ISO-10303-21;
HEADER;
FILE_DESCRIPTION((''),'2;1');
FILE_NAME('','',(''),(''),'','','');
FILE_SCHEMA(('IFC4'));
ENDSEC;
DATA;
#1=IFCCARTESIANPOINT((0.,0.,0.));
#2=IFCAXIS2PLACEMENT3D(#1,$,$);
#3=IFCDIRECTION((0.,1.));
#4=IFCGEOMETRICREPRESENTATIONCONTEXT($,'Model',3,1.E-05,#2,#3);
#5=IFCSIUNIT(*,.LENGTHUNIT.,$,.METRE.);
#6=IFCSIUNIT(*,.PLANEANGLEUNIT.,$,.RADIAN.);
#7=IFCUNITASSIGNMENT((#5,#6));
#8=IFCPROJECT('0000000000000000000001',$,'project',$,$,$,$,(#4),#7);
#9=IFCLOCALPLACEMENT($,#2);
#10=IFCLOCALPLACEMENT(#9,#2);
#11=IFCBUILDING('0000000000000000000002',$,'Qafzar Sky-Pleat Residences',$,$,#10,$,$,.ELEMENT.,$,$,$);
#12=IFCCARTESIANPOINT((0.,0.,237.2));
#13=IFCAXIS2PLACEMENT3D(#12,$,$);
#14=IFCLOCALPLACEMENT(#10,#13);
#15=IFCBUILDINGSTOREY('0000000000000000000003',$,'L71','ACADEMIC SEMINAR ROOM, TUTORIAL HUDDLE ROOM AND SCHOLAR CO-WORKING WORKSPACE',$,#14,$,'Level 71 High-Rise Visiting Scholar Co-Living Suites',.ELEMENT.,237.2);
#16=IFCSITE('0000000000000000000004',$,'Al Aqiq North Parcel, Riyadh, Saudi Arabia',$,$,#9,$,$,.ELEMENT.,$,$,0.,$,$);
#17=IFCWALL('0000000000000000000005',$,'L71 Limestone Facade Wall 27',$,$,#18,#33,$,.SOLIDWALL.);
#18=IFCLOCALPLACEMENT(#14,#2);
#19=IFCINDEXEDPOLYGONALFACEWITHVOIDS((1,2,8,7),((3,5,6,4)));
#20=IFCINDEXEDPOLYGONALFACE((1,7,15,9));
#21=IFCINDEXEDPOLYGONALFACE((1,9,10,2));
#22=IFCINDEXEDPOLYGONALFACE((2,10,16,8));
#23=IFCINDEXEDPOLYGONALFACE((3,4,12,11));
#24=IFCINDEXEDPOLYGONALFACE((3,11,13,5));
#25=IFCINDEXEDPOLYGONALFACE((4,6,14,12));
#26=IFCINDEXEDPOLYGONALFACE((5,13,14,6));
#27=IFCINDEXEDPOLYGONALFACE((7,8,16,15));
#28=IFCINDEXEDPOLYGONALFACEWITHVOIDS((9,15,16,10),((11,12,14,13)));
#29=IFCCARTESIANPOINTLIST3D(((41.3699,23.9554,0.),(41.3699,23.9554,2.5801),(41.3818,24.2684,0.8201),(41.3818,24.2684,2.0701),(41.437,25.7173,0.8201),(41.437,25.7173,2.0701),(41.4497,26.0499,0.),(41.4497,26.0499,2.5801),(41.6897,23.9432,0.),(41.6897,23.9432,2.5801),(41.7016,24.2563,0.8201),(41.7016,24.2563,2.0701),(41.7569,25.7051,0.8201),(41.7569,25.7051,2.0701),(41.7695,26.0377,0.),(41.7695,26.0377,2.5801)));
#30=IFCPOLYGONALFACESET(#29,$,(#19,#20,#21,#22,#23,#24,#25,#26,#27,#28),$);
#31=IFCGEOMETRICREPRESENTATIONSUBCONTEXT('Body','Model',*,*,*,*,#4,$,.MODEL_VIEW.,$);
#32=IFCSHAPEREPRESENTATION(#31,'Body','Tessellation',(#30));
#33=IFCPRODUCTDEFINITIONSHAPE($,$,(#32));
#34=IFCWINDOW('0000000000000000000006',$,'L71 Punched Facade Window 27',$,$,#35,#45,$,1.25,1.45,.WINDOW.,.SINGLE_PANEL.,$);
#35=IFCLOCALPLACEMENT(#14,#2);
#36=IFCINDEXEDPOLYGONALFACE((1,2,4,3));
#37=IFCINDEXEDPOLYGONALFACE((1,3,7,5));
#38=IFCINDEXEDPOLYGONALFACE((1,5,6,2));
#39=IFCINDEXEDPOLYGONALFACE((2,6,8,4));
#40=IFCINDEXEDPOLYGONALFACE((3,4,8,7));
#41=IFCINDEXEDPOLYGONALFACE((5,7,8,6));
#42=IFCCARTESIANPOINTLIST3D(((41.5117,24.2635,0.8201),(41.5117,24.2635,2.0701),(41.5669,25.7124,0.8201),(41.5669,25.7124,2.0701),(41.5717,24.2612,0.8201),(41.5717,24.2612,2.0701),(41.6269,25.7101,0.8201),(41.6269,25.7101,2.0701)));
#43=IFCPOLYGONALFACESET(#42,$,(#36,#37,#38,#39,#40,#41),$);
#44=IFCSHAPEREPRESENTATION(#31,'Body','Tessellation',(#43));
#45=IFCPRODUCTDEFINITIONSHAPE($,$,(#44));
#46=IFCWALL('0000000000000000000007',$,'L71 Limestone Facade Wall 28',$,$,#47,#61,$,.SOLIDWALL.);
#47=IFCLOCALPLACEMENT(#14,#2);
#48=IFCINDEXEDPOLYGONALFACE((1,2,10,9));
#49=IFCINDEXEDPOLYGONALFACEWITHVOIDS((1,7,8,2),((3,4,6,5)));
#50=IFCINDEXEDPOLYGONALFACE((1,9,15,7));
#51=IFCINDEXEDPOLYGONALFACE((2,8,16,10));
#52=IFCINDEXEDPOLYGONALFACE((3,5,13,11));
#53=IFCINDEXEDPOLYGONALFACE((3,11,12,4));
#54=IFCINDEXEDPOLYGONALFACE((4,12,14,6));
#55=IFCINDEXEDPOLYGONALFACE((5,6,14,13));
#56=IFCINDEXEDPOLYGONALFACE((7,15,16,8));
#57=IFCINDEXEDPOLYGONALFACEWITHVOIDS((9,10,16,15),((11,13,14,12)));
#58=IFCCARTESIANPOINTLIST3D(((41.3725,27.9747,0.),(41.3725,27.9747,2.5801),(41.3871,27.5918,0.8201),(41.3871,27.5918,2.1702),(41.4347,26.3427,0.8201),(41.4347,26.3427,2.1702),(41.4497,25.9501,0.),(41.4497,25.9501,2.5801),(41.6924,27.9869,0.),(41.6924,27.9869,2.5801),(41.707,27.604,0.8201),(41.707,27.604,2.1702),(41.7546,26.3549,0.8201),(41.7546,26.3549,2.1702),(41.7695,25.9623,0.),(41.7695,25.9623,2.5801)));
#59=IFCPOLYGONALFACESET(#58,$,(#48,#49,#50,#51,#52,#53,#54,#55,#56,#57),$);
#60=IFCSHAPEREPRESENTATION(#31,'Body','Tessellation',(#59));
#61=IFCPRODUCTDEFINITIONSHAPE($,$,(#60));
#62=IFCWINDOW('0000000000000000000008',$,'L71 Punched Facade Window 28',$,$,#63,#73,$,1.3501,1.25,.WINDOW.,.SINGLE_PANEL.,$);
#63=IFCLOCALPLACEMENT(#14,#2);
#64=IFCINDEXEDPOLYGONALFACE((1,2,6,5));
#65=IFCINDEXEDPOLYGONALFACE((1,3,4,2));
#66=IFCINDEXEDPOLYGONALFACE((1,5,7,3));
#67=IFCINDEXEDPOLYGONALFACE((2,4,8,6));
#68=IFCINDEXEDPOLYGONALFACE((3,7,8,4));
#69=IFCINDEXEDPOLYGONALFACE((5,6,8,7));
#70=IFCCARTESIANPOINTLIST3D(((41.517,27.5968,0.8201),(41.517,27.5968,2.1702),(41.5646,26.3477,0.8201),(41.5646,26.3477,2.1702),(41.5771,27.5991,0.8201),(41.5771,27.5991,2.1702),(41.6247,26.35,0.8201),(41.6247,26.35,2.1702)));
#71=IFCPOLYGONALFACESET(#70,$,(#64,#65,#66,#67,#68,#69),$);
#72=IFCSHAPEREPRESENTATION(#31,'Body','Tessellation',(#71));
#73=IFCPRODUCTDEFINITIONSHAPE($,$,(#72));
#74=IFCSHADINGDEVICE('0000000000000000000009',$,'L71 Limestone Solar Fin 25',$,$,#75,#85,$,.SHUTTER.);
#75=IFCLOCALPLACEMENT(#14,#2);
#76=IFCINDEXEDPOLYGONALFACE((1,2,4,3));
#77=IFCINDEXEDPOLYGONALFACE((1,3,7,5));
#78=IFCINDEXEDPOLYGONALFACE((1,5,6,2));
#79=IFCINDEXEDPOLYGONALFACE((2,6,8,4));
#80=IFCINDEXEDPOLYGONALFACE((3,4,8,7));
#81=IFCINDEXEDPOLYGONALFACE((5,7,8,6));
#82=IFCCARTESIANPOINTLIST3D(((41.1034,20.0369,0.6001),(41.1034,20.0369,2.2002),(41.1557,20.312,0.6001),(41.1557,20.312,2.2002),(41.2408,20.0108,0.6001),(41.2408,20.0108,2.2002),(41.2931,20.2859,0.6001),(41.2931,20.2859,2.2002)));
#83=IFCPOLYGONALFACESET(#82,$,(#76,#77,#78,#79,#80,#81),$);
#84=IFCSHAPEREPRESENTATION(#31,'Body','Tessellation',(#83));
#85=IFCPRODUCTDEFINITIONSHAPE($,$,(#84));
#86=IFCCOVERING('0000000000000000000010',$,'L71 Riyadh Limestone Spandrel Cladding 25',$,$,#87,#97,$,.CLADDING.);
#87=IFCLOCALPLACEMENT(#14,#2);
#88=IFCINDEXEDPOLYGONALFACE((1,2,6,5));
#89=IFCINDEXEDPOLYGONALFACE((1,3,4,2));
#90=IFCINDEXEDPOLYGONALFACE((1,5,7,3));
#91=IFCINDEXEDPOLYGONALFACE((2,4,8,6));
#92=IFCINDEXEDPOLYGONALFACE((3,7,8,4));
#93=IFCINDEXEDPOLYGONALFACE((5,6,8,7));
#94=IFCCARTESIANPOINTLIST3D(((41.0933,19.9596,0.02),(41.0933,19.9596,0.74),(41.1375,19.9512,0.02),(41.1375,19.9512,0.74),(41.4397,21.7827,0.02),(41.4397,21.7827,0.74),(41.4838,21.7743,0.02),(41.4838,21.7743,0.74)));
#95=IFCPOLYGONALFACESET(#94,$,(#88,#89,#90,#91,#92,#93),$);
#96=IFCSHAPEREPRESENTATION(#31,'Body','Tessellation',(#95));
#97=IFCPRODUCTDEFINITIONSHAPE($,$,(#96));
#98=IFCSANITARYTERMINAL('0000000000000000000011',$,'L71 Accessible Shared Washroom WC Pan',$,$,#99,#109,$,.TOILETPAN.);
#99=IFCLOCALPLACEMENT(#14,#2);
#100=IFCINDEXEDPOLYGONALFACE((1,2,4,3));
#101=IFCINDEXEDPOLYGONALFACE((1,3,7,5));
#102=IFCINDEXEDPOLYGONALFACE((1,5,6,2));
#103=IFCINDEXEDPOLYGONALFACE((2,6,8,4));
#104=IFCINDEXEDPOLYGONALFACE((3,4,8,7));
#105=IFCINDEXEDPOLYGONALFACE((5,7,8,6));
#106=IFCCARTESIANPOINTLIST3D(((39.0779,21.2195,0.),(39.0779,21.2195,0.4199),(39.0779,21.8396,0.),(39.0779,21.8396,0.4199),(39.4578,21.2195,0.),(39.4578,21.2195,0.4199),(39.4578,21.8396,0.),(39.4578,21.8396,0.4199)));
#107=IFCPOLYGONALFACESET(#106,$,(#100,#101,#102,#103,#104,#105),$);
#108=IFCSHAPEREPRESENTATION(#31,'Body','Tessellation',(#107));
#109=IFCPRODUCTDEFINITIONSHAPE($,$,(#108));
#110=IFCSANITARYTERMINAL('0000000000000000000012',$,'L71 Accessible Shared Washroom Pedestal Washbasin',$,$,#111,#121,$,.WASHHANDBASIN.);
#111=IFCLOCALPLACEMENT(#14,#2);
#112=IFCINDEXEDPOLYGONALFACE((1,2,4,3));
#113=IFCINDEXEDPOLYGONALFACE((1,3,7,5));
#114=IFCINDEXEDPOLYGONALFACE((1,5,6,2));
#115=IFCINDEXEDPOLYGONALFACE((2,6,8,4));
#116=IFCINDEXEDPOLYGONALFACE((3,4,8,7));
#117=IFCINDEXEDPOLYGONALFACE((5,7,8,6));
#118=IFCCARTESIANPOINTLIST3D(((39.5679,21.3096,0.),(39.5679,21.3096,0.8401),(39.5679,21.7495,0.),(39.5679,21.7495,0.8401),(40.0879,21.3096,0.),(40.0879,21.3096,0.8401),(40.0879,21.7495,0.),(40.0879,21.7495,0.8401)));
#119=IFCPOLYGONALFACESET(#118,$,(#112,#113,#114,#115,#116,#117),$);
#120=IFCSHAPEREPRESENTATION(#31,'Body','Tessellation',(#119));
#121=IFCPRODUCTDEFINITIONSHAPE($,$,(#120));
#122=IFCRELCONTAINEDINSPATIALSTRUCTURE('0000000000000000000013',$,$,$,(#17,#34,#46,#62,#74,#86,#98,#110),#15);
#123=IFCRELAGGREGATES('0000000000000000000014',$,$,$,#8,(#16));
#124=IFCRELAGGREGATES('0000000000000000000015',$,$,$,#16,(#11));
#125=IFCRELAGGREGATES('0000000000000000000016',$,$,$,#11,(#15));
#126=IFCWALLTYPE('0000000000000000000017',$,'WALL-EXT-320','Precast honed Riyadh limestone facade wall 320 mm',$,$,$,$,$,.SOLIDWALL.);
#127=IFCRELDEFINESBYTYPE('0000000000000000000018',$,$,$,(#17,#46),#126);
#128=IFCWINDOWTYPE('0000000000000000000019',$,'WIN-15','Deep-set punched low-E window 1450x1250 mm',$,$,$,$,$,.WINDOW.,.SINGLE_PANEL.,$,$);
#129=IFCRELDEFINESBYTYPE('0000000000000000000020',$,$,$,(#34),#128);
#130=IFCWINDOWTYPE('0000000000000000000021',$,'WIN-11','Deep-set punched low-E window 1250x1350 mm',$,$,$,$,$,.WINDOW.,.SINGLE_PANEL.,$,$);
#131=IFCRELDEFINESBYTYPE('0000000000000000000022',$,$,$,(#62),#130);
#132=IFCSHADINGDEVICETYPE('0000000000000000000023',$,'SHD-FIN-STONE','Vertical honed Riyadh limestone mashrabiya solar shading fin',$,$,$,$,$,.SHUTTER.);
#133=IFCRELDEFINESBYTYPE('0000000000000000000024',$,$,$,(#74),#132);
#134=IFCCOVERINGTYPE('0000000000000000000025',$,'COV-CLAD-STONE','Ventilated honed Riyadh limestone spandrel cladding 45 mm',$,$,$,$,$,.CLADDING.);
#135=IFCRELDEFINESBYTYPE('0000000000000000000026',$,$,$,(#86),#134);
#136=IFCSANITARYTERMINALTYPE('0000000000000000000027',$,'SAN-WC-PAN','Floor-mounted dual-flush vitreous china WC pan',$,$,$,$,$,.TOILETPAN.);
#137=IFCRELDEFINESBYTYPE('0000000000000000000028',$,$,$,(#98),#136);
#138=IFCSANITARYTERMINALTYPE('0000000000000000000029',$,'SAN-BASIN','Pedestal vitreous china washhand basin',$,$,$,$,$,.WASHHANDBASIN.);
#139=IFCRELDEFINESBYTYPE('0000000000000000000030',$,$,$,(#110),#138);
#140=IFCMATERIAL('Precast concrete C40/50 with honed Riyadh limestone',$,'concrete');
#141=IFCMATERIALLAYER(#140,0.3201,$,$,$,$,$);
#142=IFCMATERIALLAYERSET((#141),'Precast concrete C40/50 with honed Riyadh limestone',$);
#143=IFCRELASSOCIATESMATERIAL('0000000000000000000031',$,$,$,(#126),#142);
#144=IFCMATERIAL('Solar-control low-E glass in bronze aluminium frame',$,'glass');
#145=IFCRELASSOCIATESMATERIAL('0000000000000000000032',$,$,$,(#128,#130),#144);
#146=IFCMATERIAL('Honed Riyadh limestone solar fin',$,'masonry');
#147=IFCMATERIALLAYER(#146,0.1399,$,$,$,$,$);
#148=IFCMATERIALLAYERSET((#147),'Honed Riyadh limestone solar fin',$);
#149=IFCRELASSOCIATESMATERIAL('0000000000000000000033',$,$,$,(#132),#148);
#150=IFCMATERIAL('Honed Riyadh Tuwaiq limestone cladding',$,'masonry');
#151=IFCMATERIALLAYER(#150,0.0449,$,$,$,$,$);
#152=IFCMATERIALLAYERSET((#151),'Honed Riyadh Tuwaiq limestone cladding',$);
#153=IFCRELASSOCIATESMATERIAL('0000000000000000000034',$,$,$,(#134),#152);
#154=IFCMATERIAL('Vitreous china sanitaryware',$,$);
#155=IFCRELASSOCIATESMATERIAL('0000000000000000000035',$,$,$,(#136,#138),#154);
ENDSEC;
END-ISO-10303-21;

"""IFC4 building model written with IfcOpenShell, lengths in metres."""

from ifc_helpers import new_model, si_unit, direction, frame, frame_2d, origin, origin_2d, place, context, subcontext, project, spatial, rectangle, extrude, source, transform, mapped, material, layer, layer_set, type_object, element, fill, save


model = new_model("IFC4")

# Units and contexts
model_context = context("Model", 3, precision=1e-05, world=origin(), true_north=direction((0.0, 1.0)))
body_context = subcontext(model_context, "Body", "Model", "MODEL_VIEW")
ifc_project = project(units=[si_unit("LENGTHUNIT", "METRE"), si_unit("PLANEANGLEUNIT", "RADIAN")], contexts=[model_context])

# Site, building, storey
site_placement = place(None, origin())
site = spatial("IfcSite", under=ifc_project, at=site_placement, Name="Al Aqiq North Parcel, Riyadh, Saudi Arabia", CompositionType="ELEMENT", RefElevation=0.0)
building_placement = place(site_placement, origin())
building = spatial("IfcBuilding", under=site, at=building_placement, Name="Qafzar Sky-Pleat Residences", CompositionType="ELEMENT")
storey_placement = place(building_placement, frame((0.0, 0.0, 237.2)))
storey = spatial("IfcBuildingStorey", under=building, at=storey_placement, Name="L71", Description="ACADEMIC SEMINAR ROOM, TUTORIAL HUDDLE ROOM AND SCHOLAR CO-WORKING WORKSPACE", LongName="Level 71 High-Rise Visiting Scholar Co-Living Suites", CompositionType="ELEMENT", Elevation=237.2)

# Walls, openings, windows
ifc_material_1 = material(Name="Precast concrete C40/50 with honed Riyadh limestone", Category="concrete")
ifc_layer_1 = layer(ifc_material_1, 0.3201)
ifc_layer_set_1 = layer_set([ifc_layer_1], Name="Precast concrete C40/50 with honed Riyadh limestone")
wall_type_1 = type_object("IfcWallType", Name="WALL-EXT-320", Description="Precast honed Riyadh limestone facade wall 320 mm", PredefinedType="SOLIDWALL", material=ifc_layer_set_1)
ifc_material_2 = material(Name="Solar-control low-E glass in bronze aluminium frame", Category="glass")
wall_1_placement = place(storey_placement, frame((41.5298, 23.9495, 0.0), z_axis=(0.0, 0.0, 1.0), x_axis=(0.038089, 0.999274, 0.0)))
wall_1 = element("IfcWall", 1, at=wall_1_placement, inside=storey, type_object=wall_type_1, Name="L71 Limestone Facade Wall 27", PredefinedType="SOLIDWALL", context=body_context, shape_type="SweptSolid", body=[
    extrude(rectangle(XDim=2.0959, YDim=0.3201, at=frame_2d((1.0479, 0.0))), origin(), (0.0, 0.0, 1.0), 2.5801),
])
opening_1_placement = place(wall_1_placement, frame((0.313, 0.0, 0.8201)))
opening_1 = element("IfcOpeningElement", 2, at=opening_1_placement, cuts=wall_1, PredefinedType="OPENING", context=body_context, shape_type="SweptSolid", body=[
    extrude(rectangle(XDim=1.45, YDim=1.25, at=frame_2d((0.7251, 0.625))), frame((0.0, 0.1699, 0.0), z_axis=(0.0, -1.0, 0.0), x_axis=(1.0, 0.0, 0.0)), (0.0, 0.0, 1.0), 0.3401),
])
window_type_1 = type_object("IfcWindowType", Name="WIN-15", Description="Deep-set punched low-E window 1450x1250 mm", PartitioningType="SINGLE_PANEL", PredefinedType="WINDOW", material=ifc_material_2)
shared_shape_1 = source(origin(), body_context, "Body", "SweptSolid", [
    extrude(rectangle(XDim=1.45, YDim=1.25, at=frame_2d((0.7251, 0.625))), frame((0.0, 0.03, 0.0), z_axis=(0.0, -1.0, 0.0), x_axis=(1.0, 0.0, 0.0)), (0.0, 0.0, 1.0), 0.0601),
])
window_1_placement = place(opening_1_placement, origin())
window_1 = element("IfcWindow", 3, at=window_1_placement, inside=storey, type_object=window_type_1, Name="L71 Punched Facade Window 27", OverallHeight=1.25, OverallWidth=1.45, PartitioningType="SINGLE_PANEL", PredefinedType="WINDOW", context=body_context, shape_type="MappedRepresentation", body=[
    mapped(shared_shape_1, transform((0.0, 0.0, 0.0), x_axis=(1.0, 0.0, 0.0), y_axis=(0.0, 1.0, 0.0), z_axis=(0.0, 0.0, 1.0), scale=1.0)),
])
fill(opening_1, window_1)
wall_2_placement = place(storey_placement, frame((41.6096, 25.9561, 0.0), z_axis=(0.0, 0.0, 1.0), x_axis=(-0.038077, 0.999275, 0.0)))
wall_2 = element("IfcWall", 4, at=wall_2_placement, inside=storey, type_object=wall_type_1, Name="L71 Limestone Facade Wall 28", PredefinedType="SOLIDWALL", context=body_context, shape_type="SweptSolid", body=[
    extrude(rectangle(XDim=2.0261, YDim=0.3201, at=frame_2d((1.0132, 0.0))), origin(), (0.0, 0.0, 1.0), 2.5801),
])
opening_2_placement = place(wall_2_placement, frame((0.3931, 0.0, 0.8201)))
opening_2 = element("IfcOpeningElement", 5, at=opening_2_placement, cuts=wall_2, PredefinedType="OPENING", context=body_context, shape_type="SweptSolid", body=[
    extrude(rectangle(XDim=1.25, YDim=1.3501, at=frame_2d((0.625, 0.675))), frame((0.0, 0.1699, 0.0), z_axis=(0.0, -1.0, 0.0), x_axis=(1.0, 0.0, 0.0)), (0.0, 0.0, 1.0), 0.3401),
])
window_type_2 = type_object("IfcWindowType", Name="WIN-11", Description="Deep-set punched low-E window 1250x1350 mm", PartitioningType="SINGLE_PANEL", PredefinedType="WINDOW", material=ifc_material_2)
shared_shape_2 = source(origin(), body_context, "Body", "SweptSolid", [
    extrude(rectangle(XDim=1.25, YDim=1.3501, at=frame_2d((0.625, 0.675))), frame((0.0, 0.03, 0.0), z_axis=(0.0, -1.0, 0.0), x_axis=(1.0, 0.0, 0.0)), (0.0, 0.0, 1.0), 0.0601),
])
window_2_placement = place(opening_2_placement, origin())
window_2 = element("IfcWindow", 6, at=window_2_placement, inside=storey, type_object=window_type_2, Name="L71 Punched Facade Window 28", OverallHeight=1.3501, OverallWidth=1.25, PartitioningType="SINGLE_PANEL", PredefinedType="WINDOW", context=body_context, shape_type="MappedRepresentation", body=[
    mapped(shared_shape_2, transform((0.0, 0.0, 0.0), x_axis=(1.0, 0.0, 0.0), y_axis=(0.0, 1.0, 0.0), z_axis=(0.0, 0.0, 1.0), scale=1.0)),
])
fill(opening_2, window_2)

# Shading device
ifc_material_3 = material(Name="Honed Riyadh limestone solar fin", Category="masonry")
ifc_layer_2 = layer(ifc_material_3, 0.1399)
ifc_layer_set_2 = layer_set([ifc_layer_2], Name="Honed Riyadh limestone solar fin")
shading_device_type = type_object("IfcShadingDeviceType", Name="SHD-FIN-STONE", Description="Vertical honed Riyadh limestone mashrabiya solar shading fin", PredefinedType="SHUTTER", material=ifc_layer_set_2)
shared_shape_3 = source(origin(), body_context, "Body", "SweptSolid", [
    extrude(rectangle(XDim=0.1399, YDim=0.28, at=origin_2d()), origin(), (0.0, 0.0, 1.0), 1.6001),
])
shading_device_placement = place(storey_placement, frame((41.1982, 20.1614, 0.6001), z_axis=(0.0, 0.0, 1.0), x_axis=(0.982431, -0.186627, 0.0)))
element("IfcShadingDevice", 7, at=shading_device_placement, inside=storey, type_object=shading_device_type, Name="L71 Limestone Solar Fin 25", PredefinedType="SHUTTER", context=body_context, shape_type="MappedRepresentation", body=[
    mapped(shared_shape_3, transform((0.0, 0.0, 0.0), x_axis=(1.0, 0.0, 0.0), y_axis=(0.0, 1.0, 0.0), z_axis=(0.0, 0.0, 1.0), scale=1.0)),
])

# Covering
ifc_material_4 = material(Name="Honed Riyadh Tuwaiq limestone cladding", Category="masonry")
ifc_layer_3 = layer(ifc_material_4, 0.0449)
ifc_layer_set_3 = layer_set([ifc_layer_3], Name="Honed Riyadh Tuwaiq limestone cladding")
covering_type = type_object("IfcCoveringType", Name="COV-CLAD-STONE", Description="Ventilated honed Riyadh limestone spandrel cladding 45 mm", PredefinedType="CLADDING", material=ifc_layer_set_3)
shared_shape_4 = source(origin(), body_context, "Body", "SweptSolid", [
    extrude(rectangle(XDim=1.8557, YDim=0.0449, at=origin_2d()), origin(), (0.0, 0.0, 1.0), 0.72),
])
covering_placement = place(storey_placement, frame((41.2886, 20.8669, 0.02), z_axis=(0.0, 0.0, 1.0), x_axis=(0.186631, 0.98243, 0.0)))
element("IfcCovering", 8, at=covering_placement, inside=storey, type_object=covering_type, Name="L71 Riyadh Limestone Spandrel Cladding 25", PredefinedType="CLADDING", context=body_context, shape_type="MappedRepresentation", body=[
    mapped(shared_shape_4, transform((0.0, 0.0, 0.0), x_axis=(1.0, 0.0, 0.0), y_axis=(0.0, 1.0, 0.0), z_axis=(0.0, 0.0, 1.0), scale=1.0)),
])

# Sanitary terminals
ifc_material_5 = material(Name="Vitreous china sanitaryware")
sanitary_terminal_type_1 = type_object("IfcSanitaryTerminalType", Name="SAN-WC-PAN", Description="Floor-mounted dual-flush vitreous china WC pan", PredefinedType="TOILETPAN", material=ifc_material_5)
shared_shape_5 = source(origin(), body_context, "Body", "SweptSolid", [
    extrude(rectangle(XDim=0.3799, YDim=0.6201, at=origin_2d()), origin(), (0.0, 0.0, 1.0), 0.4199),
])
sanitary_terminal_1_placement = place(storey_placement, frame((39.2678, 21.5295, 0.0), z_axis=(0.0, 0.0, 1.0), x_axis=(1.0, 0.0, 0.0)))
element("IfcSanitaryTerminal", 9, at=sanitary_terminal_1_placement, inside=storey, type_object=sanitary_terminal_type_1, Name="L71 Accessible Shared Washroom WC Pan", PredefinedType="TOILETPAN", context=body_context, shape_type="MappedRepresentation", body=[
    mapped(shared_shape_5, transform((0.0, 0.0, 0.0), x_axis=(1.0, 0.0, 0.0), y_axis=(0.0, 1.0, 0.0), z_axis=(0.0, 0.0, 1.0), scale=1.0)),
])
sanitary_terminal_type_2 = type_object("IfcSanitaryTerminalType", Name="SAN-BASIN", Description="Pedestal vitreous china washhand basin", PredefinedType="WASHHANDBASIN", material=ifc_material_5)
shared_shape_6 = source(origin(), body_context, "Body", "SweptSolid", [
    extrude(rectangle(XDim=0.52, YDim=0.4399, at=origin_2d()), origin(), (0.0, 0.0, 1.0), 0.8401),
])
sanitary_terminal_2_placement = place(storey_placement, frame((39.8279, 21.5295, 0.0), z_axis=(0.0, 0.0, 1.0), x_axis=(1.0, 0.0, 0.0)))
element("IfcSanitaryTerminal", 10, at=sanitary_terminal_2_placement, inside=storey, type_object=sanitary_terminal_type_2, Name="L71 Accessible Shared Washroom Pedestal Washbasin", PredefinedType="WASHHANDBASIN", context=body_context, shape_type="MappedRepresentation", body=[
    mapped(shared_shape_6, transform((0.0, 0.0, 0.0), x_axis=(1.0, 0.0, 0.0), y_axis=(0.0, 1.0, 0.0), z_axis=(0.0, 0.0, 1.0), scale=1.0)),
])

save(model, "model.ifc")
